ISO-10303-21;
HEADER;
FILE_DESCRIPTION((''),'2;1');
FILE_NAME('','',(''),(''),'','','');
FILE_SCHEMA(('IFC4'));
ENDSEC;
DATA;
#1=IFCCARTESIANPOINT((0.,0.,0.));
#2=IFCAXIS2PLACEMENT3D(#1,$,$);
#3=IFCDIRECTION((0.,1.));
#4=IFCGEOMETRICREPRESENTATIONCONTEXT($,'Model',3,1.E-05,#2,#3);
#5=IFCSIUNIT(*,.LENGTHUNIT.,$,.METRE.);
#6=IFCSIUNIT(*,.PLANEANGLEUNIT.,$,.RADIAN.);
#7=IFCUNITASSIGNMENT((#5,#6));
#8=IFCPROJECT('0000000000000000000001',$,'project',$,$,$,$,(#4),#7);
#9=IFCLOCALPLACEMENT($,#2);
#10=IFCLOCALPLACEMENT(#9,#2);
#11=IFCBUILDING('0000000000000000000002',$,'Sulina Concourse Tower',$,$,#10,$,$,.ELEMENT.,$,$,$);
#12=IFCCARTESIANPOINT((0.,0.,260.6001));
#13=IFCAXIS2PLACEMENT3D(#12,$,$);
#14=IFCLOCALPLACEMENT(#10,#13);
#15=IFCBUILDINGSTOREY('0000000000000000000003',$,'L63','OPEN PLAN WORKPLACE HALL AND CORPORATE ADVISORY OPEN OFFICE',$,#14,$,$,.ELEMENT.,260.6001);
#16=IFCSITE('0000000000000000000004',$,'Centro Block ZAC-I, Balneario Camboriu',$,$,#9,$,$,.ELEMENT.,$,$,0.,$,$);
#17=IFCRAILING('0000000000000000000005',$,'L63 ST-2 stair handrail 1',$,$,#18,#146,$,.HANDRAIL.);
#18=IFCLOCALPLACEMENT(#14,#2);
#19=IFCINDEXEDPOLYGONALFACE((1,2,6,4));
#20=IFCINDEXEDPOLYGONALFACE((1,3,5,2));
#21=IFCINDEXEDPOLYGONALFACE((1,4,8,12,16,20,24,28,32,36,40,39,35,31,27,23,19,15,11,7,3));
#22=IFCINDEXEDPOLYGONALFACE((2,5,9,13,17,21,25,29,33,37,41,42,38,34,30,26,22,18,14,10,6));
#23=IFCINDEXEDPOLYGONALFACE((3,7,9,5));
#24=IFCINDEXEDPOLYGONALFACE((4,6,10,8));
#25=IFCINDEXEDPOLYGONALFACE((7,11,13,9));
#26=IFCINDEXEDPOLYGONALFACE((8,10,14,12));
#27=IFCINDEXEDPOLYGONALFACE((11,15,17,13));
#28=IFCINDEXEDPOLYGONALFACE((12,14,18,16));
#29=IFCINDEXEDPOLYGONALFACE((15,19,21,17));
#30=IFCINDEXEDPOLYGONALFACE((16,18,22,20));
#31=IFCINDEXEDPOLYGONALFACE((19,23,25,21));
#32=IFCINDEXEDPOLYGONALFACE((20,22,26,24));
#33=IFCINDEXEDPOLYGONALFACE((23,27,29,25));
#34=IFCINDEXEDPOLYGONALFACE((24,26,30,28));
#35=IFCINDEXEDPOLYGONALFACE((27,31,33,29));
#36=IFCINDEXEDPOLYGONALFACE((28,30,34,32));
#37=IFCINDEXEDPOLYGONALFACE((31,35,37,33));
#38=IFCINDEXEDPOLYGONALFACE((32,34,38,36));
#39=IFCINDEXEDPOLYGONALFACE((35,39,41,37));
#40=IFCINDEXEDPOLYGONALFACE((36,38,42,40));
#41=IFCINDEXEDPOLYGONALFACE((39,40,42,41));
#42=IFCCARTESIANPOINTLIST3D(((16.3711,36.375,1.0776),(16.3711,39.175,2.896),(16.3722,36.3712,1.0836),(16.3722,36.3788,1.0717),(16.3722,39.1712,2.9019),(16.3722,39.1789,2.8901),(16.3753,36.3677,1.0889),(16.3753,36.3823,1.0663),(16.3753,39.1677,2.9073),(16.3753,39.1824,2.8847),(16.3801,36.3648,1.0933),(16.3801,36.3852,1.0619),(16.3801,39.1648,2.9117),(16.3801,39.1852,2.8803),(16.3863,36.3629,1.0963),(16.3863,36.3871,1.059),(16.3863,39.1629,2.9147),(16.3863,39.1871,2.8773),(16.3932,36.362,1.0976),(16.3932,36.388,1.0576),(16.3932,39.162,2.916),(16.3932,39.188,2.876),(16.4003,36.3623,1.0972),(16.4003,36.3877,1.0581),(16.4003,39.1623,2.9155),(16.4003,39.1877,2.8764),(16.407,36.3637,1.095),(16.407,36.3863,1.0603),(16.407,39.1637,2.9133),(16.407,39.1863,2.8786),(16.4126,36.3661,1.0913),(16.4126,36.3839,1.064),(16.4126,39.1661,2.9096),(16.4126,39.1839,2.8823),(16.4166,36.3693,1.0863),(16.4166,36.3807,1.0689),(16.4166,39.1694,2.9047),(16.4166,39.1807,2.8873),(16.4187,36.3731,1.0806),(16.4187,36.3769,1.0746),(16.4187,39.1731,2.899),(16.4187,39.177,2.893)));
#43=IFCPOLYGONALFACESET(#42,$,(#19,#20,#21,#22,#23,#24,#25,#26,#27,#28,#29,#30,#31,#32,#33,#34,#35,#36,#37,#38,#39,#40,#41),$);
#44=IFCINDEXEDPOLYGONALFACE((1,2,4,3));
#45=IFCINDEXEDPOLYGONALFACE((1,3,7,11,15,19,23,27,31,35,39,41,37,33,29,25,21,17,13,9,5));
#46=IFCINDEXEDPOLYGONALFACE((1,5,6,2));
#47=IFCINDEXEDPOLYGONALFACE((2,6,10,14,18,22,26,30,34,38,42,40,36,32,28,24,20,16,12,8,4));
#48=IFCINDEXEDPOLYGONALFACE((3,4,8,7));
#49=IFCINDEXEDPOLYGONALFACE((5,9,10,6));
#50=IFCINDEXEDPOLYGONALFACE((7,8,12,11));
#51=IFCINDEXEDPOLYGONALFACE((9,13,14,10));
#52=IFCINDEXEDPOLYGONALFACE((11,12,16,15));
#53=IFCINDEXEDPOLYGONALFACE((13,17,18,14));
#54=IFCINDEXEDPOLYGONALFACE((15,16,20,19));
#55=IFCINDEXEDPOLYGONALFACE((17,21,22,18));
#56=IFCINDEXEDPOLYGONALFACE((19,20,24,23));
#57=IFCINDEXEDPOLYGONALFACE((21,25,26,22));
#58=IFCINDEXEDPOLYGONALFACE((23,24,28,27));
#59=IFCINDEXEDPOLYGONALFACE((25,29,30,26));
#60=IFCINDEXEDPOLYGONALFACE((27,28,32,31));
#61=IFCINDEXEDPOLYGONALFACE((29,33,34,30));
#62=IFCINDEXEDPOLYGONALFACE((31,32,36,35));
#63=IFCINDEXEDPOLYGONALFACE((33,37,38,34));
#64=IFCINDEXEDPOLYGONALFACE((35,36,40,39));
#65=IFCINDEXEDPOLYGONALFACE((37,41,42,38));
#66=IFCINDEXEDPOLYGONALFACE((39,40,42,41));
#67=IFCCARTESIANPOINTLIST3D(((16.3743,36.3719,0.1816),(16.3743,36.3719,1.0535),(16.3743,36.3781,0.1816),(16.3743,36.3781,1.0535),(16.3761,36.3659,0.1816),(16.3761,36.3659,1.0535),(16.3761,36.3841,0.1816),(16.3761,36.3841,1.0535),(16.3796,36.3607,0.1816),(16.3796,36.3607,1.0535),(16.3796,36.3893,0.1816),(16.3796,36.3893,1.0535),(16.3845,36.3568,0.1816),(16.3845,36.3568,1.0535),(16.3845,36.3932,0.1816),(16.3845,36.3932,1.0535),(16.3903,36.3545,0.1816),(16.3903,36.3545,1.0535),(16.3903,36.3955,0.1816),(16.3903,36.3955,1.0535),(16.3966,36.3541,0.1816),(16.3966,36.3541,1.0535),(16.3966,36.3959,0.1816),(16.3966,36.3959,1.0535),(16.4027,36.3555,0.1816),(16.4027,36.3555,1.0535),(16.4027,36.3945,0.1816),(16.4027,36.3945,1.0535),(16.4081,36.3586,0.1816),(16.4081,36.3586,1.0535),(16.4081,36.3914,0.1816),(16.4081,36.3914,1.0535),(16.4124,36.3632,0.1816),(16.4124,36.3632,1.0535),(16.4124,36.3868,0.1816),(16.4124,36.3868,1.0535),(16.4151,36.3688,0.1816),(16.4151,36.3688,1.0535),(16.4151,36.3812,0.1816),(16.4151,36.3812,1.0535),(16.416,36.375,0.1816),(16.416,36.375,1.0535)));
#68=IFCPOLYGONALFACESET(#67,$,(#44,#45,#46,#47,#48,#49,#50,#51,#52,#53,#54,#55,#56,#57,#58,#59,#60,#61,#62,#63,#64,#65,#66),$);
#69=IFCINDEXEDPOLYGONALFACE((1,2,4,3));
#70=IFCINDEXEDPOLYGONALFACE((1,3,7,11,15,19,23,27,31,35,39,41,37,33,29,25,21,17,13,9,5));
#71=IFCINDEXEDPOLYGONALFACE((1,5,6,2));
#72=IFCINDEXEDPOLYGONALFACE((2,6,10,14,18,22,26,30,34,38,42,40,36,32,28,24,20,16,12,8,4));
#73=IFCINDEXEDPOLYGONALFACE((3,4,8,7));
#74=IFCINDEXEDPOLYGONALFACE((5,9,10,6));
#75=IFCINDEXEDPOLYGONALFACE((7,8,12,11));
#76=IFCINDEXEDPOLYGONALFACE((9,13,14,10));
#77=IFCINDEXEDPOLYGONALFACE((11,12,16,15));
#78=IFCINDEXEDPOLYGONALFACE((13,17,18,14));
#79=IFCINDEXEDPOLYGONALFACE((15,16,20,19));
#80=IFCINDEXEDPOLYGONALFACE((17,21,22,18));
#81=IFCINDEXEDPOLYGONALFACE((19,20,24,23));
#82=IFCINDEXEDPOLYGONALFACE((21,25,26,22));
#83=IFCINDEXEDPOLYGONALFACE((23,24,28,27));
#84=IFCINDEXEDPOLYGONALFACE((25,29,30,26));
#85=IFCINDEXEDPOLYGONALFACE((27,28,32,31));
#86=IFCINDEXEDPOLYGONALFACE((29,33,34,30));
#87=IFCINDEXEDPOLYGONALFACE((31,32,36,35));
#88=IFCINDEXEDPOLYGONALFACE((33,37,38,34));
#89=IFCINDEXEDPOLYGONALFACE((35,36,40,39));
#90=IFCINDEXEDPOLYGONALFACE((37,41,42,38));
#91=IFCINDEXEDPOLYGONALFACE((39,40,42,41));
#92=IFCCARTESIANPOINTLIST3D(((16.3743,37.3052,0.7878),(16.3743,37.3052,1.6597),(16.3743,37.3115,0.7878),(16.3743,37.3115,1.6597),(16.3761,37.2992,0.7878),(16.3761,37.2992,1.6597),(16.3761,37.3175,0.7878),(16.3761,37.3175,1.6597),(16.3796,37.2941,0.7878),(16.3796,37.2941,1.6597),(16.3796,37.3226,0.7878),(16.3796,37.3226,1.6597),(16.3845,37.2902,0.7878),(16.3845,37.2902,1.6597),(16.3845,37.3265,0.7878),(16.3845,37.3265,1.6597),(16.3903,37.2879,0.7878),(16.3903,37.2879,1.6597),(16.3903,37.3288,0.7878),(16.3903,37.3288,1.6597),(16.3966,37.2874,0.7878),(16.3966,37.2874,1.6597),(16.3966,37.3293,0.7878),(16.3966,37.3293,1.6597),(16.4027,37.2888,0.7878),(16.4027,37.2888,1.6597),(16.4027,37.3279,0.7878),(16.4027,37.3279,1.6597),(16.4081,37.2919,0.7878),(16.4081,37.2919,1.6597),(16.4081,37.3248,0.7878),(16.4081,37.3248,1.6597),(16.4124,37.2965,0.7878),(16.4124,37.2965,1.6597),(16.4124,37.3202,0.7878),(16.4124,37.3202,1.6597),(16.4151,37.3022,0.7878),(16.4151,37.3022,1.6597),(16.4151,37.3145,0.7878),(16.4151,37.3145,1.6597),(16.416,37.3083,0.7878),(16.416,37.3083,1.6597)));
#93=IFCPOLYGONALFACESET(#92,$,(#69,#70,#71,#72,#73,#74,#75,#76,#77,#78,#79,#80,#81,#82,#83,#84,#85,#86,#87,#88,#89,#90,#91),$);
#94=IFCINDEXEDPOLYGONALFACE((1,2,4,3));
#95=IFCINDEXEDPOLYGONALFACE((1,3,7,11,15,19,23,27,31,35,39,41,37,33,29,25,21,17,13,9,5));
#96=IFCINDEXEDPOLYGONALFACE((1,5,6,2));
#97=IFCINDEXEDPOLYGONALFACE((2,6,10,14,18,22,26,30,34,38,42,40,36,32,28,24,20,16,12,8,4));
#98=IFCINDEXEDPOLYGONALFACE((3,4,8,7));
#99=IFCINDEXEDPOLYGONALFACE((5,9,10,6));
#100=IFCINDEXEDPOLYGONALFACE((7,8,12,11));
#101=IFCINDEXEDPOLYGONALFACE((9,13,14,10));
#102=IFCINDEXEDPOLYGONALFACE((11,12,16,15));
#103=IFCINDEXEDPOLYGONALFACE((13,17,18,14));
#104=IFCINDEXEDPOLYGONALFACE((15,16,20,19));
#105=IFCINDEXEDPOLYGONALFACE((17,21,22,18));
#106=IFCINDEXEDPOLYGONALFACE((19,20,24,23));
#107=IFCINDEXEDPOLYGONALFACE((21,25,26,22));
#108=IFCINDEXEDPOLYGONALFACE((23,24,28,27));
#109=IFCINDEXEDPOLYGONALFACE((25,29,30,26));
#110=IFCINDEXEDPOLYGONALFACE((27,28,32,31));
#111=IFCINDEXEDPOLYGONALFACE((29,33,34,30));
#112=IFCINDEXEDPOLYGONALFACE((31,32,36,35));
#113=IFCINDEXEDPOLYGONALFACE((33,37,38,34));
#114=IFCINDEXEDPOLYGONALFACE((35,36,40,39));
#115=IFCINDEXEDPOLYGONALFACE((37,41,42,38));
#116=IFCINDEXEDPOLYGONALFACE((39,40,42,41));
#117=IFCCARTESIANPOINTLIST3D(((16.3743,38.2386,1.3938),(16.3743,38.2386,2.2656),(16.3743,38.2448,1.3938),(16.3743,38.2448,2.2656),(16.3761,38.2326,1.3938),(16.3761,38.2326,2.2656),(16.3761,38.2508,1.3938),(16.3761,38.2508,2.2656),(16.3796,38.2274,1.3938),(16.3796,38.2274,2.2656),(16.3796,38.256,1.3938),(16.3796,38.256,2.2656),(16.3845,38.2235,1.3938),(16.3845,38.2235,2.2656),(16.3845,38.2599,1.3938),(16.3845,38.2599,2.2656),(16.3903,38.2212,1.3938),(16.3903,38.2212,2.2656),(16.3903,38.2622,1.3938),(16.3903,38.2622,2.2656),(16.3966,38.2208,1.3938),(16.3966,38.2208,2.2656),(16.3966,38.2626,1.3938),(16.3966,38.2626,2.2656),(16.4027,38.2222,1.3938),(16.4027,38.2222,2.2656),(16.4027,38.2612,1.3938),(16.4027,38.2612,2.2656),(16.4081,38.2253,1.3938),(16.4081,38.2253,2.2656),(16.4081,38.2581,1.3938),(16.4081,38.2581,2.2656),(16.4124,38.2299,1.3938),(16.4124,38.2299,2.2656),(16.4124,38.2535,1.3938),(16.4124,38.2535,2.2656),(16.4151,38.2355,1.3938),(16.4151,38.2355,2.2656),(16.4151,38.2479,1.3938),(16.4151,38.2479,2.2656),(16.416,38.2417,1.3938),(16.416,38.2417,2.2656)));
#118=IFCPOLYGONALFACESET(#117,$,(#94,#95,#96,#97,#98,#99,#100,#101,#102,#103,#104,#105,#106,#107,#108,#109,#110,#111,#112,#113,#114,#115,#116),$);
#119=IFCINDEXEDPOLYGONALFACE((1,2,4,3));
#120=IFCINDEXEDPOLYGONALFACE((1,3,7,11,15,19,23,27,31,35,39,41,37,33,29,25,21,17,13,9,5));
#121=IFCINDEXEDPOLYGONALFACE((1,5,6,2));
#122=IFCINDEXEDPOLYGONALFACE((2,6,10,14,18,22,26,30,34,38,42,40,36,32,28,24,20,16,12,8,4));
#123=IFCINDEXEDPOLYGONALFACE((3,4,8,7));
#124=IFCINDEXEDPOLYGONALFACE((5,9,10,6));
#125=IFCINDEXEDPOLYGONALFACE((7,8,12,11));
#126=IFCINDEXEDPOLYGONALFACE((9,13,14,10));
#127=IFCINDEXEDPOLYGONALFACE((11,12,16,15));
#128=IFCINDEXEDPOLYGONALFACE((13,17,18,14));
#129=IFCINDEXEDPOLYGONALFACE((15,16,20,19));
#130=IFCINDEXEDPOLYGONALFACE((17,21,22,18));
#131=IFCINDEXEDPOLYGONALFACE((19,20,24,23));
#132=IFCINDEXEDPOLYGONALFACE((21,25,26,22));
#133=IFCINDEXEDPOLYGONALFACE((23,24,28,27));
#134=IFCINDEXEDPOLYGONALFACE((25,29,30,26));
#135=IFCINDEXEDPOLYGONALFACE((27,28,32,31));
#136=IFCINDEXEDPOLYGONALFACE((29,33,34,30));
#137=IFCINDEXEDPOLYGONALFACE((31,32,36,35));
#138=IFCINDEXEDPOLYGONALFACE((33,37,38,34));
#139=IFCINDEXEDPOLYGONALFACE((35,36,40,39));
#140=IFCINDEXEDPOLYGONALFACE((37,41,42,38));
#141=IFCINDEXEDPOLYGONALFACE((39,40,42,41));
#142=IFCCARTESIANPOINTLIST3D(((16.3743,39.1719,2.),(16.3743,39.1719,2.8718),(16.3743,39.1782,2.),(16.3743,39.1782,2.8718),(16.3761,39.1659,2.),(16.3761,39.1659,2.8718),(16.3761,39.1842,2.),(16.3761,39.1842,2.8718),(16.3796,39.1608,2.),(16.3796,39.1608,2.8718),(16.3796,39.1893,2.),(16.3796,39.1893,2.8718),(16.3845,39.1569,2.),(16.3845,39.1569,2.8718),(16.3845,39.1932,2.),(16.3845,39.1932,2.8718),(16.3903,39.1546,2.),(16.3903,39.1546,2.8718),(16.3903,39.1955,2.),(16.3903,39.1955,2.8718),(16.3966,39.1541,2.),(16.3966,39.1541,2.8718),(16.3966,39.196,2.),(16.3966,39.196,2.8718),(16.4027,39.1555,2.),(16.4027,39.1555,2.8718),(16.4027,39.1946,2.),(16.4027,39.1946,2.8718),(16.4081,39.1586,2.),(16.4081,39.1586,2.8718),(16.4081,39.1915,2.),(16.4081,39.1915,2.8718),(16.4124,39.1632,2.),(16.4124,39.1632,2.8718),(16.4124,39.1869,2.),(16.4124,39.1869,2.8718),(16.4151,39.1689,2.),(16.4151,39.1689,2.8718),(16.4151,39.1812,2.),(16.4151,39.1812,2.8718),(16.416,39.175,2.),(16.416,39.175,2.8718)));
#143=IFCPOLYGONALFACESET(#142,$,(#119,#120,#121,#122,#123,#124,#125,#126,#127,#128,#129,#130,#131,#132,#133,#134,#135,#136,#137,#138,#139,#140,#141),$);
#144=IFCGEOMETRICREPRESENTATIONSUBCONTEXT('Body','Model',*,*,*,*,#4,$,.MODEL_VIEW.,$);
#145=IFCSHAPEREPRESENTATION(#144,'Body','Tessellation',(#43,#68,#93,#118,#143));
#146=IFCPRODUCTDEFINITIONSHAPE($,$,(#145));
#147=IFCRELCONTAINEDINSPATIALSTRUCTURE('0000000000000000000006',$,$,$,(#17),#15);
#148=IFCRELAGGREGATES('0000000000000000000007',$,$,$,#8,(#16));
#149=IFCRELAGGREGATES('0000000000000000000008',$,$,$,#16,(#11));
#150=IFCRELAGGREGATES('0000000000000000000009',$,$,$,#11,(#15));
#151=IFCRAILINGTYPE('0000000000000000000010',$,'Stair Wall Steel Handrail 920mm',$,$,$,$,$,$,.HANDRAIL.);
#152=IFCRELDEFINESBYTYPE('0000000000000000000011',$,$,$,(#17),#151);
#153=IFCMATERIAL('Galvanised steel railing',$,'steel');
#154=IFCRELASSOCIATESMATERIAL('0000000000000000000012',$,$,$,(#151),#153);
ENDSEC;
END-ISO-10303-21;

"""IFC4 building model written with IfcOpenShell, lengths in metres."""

from ifc_helpers import new_model, si_unit, direction, frame, origin, origin_2d, place, context, subcontext, project, spatial, circle, extrude, material, type_object, element, save


model = new_model("IFC4")

# Units and contexts
model_context = context("Model", 3, precision=1e-05, world=origin(), true_north=direction((0.0, 1.0)))
body_context = subcontext(model_context, "Body", "Model", "MODEL_VIEW")
ifc_project = project(units=[si_unit("LENGTHUNIT", "METRE"), si_unit("PLANEANGLEUNIT", "RADIAN")], contexts=[model_context])

# Site, building, storey
site_placement = place(None, origin())
site = spatial("IfcSite", under=ifc_project, at=site_placement, Name="Centro Block ZAC-I, Balneario Camboriu", CompositionType="ELEMENT", RefElevation=0.0)
building_placement = place(site_placement, origin())
building = spatial("IfcBuilding", under=site, at=building_placement, Name="Sulina Concourse Tower", CompositionType="ELEMENT")
storey_placement = place(building_placement, frame((0.0, 0.0, 260.6001)))
storey = spatial("IfcBuildingStorey", under=building, at=storey_placement, Name="L63", Description="OPEN PLAN WORKPLACE HALL AND CORPORATE ADVISORY OPEN OFFICE", CompositionType="ELEMENT", Elevation=260.6001)

# Railing
ifc_material_1 = material(Name="Galvanised steel railing", Category="steel")
railing_type_1 = type_object("IfcRailingType", Name="Stair Wall Steel Handrail 920mm", PredefinedType="HANDRAIL", material=ifc_material_1)
railing_1_placement = place(storey_placement, frame((16.395, 36.375, 0.1816)))
element("IfcRailing", 1, at=railing_1_placement, inside=storey, type_object=railing_type_1, Name="L63 ST-2 stair handrail 1", PredefinedType="HANDRAIL", context=body_context, shape_type="SweptSolid", body=[
    extrude(circle(Radius=0.0239, at=origin_2d()), frame((0.0, 0.0, 0.896), z_axis=(0.0, 0.838672, 0.544636), x_axis=(-1.0, 0.0, 0.0)), (0.0, 0.0, 1.0), 3.3386),
    extrude(circle(Radius=0.021, at=origin_2d()), origin(), (0.0, 0.0, 1.0), 0.8718),
    extrude(circle(Radius=0.021, at=origin_2d()), frame((0.0, 0.9333, 0.6062)), (0.0, 0.0, 1.0), 0.8718),
    extrude(circle(Radius=0.021, at=origin_2d()), frame((0.0, 1.8667, 1.2122)), (0.0, 0.0, 1.0), 0.8718),
    extrude(circle(Radius=0.021, at=origin_2d()), frame((0.0, 2.8, 1.8184)), (0.0, 0.0, 1.0), 0.8718),
])

save(model, "model.ifc")
